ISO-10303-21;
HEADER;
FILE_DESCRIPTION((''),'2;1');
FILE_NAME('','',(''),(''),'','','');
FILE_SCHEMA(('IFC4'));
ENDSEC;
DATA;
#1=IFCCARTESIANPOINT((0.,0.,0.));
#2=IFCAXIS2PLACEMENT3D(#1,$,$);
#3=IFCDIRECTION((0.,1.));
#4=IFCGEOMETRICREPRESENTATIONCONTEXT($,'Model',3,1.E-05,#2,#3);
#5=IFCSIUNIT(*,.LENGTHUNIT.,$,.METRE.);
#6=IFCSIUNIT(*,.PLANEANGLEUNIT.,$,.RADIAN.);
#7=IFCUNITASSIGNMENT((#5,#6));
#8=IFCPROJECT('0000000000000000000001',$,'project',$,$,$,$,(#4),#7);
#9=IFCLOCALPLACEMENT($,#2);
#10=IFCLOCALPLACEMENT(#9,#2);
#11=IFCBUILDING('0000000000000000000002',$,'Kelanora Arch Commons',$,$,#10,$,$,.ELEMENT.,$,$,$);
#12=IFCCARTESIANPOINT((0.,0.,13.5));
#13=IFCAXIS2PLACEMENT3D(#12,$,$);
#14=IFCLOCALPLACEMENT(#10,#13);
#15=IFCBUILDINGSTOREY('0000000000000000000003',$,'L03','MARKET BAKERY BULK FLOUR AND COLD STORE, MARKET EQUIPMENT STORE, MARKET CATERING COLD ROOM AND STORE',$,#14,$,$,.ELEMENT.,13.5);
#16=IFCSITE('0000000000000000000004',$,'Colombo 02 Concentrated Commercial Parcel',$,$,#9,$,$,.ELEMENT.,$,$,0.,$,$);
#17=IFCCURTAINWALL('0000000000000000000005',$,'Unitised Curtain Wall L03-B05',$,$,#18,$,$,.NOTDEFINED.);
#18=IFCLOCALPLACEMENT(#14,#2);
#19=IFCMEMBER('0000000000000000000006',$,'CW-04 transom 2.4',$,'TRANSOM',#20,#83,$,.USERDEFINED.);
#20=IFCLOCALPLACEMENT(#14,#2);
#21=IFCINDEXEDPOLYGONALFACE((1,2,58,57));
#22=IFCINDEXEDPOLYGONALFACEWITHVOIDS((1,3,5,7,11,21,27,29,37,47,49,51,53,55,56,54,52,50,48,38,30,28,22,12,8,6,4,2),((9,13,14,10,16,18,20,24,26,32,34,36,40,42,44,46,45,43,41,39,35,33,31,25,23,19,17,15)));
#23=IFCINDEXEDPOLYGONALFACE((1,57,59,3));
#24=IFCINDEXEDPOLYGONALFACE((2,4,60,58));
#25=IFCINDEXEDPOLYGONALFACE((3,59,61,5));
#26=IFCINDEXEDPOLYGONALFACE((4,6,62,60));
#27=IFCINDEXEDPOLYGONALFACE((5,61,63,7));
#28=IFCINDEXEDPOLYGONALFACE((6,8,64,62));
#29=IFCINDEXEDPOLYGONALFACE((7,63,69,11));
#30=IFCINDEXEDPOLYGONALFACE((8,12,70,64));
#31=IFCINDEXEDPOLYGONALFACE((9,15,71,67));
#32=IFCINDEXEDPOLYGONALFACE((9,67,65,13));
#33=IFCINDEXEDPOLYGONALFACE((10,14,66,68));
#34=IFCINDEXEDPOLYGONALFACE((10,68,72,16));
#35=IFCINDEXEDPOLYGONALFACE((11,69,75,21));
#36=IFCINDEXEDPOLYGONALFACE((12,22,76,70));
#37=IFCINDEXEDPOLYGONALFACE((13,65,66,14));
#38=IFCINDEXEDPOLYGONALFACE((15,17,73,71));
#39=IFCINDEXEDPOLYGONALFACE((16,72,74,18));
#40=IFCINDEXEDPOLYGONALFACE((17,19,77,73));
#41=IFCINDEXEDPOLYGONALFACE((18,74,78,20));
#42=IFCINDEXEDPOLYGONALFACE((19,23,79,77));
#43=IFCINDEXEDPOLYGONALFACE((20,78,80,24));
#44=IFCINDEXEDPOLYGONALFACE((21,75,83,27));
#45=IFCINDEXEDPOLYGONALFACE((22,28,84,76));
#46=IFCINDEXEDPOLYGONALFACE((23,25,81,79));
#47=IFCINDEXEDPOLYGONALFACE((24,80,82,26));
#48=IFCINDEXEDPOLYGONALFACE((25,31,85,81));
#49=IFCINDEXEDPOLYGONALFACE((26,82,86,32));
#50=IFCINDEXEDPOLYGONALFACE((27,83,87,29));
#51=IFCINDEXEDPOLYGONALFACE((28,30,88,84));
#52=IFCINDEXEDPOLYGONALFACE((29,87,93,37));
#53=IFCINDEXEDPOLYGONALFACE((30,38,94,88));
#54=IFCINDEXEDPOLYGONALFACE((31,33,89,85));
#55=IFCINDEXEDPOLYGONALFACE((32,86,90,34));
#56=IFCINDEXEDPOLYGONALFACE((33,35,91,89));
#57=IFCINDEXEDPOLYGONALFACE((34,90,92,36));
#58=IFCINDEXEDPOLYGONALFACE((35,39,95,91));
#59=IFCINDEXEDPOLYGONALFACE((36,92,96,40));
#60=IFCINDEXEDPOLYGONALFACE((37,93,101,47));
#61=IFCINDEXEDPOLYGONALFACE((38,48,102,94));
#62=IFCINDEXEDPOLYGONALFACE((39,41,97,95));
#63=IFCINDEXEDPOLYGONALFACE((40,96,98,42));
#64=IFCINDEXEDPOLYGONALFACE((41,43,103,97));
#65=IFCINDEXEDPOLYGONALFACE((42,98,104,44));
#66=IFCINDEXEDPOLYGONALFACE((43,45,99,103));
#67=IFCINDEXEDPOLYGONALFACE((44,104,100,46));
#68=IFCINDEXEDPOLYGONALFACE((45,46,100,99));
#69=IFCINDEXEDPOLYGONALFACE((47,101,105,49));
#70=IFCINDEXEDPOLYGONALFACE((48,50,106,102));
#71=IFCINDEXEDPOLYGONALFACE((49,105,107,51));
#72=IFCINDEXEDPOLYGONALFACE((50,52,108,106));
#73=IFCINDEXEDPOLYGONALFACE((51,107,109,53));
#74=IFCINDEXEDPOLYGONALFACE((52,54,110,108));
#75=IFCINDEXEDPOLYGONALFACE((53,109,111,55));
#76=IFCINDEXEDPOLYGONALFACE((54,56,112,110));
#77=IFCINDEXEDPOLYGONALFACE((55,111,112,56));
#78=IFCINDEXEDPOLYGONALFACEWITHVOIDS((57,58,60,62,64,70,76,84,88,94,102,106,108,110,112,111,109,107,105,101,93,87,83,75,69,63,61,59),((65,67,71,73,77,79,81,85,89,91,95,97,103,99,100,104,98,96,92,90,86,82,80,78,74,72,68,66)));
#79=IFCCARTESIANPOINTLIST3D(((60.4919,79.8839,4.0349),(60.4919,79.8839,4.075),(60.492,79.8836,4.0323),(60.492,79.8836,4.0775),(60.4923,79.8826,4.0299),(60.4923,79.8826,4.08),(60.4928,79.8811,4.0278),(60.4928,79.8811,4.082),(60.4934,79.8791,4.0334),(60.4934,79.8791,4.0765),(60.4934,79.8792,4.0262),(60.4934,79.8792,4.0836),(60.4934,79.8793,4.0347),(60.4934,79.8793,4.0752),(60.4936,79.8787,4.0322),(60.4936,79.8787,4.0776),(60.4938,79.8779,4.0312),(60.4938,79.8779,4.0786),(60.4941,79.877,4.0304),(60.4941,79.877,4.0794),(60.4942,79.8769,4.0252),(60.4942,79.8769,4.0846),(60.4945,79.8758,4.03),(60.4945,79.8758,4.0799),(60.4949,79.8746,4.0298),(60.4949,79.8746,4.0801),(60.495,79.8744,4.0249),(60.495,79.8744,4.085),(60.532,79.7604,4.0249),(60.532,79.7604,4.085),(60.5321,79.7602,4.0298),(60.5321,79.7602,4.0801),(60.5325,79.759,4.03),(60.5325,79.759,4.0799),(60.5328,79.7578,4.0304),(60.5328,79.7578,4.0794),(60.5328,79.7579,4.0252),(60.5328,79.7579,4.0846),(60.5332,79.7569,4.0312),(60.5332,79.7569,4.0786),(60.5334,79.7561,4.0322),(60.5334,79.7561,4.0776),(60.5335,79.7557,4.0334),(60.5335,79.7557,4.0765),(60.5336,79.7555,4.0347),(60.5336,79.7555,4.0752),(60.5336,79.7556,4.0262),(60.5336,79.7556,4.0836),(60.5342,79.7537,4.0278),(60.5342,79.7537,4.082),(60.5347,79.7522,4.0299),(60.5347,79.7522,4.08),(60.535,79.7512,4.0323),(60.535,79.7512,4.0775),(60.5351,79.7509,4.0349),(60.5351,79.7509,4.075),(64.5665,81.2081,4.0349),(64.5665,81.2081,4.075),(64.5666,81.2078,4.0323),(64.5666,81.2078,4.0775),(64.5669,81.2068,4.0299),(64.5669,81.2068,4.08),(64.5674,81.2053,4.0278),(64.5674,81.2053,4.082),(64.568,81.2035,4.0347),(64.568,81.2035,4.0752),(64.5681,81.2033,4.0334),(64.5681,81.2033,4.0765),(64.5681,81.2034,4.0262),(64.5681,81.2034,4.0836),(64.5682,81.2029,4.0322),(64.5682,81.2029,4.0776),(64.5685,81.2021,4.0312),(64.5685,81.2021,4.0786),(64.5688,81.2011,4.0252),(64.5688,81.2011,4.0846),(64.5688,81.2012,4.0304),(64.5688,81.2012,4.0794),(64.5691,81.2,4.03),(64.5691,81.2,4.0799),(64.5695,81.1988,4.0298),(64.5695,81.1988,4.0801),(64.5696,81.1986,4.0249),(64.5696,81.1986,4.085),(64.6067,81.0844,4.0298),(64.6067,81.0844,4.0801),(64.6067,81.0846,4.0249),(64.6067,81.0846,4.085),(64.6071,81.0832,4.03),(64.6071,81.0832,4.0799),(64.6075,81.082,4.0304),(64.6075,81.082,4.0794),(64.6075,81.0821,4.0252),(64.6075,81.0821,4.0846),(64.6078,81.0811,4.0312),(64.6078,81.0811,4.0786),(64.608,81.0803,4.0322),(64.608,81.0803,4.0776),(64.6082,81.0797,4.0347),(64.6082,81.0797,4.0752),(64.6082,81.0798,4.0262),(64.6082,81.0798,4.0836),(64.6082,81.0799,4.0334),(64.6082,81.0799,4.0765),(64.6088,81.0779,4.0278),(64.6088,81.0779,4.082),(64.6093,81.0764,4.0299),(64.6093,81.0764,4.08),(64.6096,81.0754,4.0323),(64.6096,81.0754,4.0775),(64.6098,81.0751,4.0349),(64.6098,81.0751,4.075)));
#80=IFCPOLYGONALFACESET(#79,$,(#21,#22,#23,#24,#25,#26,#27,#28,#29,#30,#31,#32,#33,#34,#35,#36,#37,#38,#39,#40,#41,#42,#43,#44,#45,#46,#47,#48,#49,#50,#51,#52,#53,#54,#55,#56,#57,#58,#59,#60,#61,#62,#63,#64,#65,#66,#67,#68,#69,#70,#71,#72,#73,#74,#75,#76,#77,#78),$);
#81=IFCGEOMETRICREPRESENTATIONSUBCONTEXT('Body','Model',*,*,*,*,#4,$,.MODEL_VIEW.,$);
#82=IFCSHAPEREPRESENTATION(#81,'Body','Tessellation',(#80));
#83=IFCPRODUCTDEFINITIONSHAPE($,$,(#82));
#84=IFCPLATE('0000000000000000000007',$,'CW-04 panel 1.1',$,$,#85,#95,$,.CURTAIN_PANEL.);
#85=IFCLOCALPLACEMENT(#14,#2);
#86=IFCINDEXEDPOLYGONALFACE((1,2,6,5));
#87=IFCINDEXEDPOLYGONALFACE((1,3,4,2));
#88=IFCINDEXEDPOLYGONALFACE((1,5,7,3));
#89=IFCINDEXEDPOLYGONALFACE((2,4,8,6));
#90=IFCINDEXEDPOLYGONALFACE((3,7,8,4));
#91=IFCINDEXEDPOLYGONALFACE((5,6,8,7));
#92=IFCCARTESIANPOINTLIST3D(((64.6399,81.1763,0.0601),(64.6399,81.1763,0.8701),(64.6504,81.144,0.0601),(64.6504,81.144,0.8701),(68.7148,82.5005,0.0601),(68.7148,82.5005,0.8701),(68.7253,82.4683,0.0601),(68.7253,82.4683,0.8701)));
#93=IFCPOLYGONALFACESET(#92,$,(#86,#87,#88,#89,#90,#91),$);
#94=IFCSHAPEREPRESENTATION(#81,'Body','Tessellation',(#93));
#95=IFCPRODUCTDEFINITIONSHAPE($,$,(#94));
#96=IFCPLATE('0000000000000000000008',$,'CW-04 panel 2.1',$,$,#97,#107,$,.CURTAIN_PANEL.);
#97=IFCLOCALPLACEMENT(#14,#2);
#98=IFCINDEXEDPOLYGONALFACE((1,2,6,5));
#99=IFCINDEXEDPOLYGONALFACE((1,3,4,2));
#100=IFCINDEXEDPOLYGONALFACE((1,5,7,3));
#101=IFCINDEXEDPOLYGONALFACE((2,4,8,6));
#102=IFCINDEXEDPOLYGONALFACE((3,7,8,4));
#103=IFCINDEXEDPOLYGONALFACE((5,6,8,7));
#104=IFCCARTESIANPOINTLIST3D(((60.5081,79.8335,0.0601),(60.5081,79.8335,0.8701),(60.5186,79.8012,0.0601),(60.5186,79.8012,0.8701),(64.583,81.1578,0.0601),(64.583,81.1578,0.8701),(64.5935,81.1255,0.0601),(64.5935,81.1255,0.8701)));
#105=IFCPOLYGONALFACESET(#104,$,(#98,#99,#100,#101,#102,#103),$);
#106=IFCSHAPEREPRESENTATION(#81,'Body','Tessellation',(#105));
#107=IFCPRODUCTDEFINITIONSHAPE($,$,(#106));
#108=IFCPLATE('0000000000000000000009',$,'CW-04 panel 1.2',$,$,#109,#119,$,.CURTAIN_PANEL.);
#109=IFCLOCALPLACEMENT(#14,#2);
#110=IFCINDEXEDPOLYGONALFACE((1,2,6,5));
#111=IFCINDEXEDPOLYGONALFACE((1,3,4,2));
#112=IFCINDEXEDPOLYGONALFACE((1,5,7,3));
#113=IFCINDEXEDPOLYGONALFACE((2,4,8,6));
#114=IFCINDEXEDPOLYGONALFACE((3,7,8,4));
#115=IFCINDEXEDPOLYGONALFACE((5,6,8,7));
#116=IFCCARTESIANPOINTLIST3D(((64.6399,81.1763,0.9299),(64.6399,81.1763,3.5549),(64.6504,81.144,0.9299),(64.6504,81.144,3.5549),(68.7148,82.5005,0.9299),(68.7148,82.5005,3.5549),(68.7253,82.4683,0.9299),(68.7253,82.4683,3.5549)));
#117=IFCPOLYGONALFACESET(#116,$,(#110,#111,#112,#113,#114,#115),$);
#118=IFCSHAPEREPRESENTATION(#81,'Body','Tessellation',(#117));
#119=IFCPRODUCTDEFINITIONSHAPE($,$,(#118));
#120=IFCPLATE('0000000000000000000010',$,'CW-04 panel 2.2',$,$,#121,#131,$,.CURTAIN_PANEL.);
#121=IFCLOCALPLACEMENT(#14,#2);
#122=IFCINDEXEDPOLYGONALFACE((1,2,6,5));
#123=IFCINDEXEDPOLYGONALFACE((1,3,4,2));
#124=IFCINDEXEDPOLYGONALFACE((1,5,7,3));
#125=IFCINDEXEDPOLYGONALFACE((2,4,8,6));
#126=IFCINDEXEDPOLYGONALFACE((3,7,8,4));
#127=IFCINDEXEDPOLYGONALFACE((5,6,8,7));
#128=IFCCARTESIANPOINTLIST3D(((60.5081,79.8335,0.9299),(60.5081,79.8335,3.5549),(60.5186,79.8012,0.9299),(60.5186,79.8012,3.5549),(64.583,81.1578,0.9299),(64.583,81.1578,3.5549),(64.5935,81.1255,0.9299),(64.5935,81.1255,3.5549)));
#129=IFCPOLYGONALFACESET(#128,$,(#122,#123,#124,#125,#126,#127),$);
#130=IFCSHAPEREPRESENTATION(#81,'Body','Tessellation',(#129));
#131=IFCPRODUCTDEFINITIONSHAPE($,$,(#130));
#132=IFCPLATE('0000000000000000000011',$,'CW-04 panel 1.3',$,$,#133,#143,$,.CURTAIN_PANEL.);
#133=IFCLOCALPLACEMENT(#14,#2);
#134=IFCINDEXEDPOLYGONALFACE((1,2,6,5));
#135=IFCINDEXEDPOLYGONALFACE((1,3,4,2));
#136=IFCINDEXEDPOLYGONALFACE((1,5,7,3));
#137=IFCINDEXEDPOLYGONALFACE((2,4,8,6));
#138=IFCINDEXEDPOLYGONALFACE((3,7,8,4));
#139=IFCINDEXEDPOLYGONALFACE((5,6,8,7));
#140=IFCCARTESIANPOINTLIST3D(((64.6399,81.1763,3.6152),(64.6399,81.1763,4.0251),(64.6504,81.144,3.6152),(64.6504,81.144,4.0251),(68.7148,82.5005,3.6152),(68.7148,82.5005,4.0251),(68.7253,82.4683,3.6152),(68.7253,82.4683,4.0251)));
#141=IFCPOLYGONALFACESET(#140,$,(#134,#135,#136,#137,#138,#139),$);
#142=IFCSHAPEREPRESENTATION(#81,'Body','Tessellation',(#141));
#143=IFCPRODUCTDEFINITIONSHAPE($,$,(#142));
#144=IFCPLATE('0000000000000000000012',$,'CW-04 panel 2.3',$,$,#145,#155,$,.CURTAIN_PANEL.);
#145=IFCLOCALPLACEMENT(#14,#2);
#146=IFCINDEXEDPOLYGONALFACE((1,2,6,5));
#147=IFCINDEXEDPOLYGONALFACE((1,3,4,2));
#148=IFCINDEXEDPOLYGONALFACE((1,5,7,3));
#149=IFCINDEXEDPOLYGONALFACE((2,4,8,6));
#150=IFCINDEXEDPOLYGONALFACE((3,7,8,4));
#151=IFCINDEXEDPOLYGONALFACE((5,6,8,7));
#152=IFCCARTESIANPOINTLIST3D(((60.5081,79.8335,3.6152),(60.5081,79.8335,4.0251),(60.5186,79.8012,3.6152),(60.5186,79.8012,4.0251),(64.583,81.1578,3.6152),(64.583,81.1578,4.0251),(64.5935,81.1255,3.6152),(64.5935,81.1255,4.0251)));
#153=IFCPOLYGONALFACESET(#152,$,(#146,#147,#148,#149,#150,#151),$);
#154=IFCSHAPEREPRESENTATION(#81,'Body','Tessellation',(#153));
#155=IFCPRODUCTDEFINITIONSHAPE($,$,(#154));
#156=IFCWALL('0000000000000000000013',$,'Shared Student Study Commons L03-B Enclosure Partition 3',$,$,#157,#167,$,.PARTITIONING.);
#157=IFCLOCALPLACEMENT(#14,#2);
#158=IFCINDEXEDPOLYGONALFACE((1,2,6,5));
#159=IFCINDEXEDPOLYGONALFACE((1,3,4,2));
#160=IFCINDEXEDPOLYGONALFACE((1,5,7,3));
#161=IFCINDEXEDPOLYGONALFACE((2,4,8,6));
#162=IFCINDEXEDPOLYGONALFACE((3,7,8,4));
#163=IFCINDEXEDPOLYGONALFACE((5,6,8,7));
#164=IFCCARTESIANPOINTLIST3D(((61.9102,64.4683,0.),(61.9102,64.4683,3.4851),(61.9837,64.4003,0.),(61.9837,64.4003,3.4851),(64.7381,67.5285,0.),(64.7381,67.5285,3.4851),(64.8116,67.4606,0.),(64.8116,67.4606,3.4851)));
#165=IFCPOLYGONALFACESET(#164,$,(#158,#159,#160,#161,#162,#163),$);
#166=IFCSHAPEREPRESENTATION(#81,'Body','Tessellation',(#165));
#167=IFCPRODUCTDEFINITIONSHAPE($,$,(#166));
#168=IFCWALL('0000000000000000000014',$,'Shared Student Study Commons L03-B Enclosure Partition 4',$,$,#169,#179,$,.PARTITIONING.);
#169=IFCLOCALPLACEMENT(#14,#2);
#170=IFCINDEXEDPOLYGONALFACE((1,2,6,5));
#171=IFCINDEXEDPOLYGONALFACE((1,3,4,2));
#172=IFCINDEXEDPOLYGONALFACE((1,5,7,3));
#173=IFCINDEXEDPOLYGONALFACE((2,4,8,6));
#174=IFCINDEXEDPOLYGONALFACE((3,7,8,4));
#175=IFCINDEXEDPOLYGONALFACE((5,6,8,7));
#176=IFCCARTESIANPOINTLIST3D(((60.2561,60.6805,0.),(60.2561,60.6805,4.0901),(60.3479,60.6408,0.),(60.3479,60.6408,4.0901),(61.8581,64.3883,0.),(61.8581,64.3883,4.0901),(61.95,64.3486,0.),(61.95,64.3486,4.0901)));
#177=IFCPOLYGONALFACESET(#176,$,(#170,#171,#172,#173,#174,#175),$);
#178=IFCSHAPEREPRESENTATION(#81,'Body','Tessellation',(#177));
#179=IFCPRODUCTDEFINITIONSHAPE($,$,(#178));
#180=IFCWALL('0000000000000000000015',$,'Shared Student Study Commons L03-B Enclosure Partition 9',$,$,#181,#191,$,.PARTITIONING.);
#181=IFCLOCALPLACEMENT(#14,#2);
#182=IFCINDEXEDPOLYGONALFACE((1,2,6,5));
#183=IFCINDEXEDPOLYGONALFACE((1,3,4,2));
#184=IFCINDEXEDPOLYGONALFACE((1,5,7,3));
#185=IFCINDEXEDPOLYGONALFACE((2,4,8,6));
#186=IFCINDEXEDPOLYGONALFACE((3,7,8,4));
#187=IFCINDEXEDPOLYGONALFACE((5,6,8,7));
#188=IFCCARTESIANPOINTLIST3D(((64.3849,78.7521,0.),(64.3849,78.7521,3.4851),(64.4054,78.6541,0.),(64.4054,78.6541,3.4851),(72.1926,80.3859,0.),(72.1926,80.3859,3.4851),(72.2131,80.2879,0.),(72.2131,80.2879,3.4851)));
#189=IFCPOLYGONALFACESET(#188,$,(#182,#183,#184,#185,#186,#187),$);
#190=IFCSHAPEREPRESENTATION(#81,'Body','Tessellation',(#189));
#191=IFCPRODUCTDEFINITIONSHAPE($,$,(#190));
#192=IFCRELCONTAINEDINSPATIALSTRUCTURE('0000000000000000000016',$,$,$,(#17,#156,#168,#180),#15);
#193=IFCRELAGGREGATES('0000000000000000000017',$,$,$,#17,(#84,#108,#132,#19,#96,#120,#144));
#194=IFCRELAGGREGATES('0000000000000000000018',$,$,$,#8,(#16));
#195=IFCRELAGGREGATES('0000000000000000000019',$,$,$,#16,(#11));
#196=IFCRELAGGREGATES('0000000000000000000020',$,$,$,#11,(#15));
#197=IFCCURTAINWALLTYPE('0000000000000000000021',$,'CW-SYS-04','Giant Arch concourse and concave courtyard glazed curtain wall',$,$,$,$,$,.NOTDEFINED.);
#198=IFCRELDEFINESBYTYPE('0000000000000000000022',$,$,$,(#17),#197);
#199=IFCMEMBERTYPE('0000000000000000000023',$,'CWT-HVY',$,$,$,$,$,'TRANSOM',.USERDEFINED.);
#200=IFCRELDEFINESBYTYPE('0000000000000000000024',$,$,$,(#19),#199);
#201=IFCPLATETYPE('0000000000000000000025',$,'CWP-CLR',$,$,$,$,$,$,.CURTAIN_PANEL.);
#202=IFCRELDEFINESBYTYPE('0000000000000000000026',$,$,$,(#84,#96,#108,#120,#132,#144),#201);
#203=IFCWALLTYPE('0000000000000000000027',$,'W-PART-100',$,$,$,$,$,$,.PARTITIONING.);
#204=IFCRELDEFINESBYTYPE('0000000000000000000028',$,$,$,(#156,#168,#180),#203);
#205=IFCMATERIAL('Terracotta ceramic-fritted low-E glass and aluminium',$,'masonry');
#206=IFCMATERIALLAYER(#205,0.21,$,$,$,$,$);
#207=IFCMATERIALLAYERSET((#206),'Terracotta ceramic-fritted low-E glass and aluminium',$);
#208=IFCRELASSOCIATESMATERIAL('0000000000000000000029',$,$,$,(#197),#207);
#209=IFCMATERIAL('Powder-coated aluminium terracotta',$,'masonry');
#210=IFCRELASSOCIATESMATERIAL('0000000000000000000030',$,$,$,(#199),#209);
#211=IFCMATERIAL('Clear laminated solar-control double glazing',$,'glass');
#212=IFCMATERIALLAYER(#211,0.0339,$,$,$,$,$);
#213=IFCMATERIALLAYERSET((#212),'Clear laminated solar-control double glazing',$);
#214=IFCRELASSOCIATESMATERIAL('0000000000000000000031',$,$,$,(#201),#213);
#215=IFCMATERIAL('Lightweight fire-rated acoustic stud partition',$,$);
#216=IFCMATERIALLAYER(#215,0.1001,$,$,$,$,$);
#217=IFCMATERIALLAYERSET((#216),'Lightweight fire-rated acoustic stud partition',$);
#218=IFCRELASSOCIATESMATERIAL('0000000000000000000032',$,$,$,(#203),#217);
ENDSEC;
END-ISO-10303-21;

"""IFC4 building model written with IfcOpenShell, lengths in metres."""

from ifc_helpers import new_model, si_unit, direction, frame, frame_2d, origin, origin_2d, place, context, subcontext, project, spatial, rectangle, hollow_rectangle, extrude, source, transform, mapped, material, layer, layer_set, material_profile, profile_set, type_object, element, aggregate, save


model = new_model("IFC4")

# Units and contexts
model_context = context("Model", 3, precision=1e-05, world=origin(), true_north=direction((0.0, 1.0)))
body_context = subcontext(model_context, "Body", "Model", "MODEL_VIEW")
ifc_project = project(units=[si_unit("LENGTHUNIT", "METRE"), si_unit("PLANEANGLEUNIT", "RADIAN")], contexts=[model_context])

# Site, building, storey
site_placement = place(None, origin())
site = spatial("IfcSite", under=ifc_project, at=site_placement, Name="Colombo 02 Concentrated Commercial Parcel", CompositionType="ELEMENT", RefElevation=0.0)
building_placement = place(site_placement, origin())
building = spatial("IfcBuilding", under=site, at=building_placement, Name="Kelanora Arch Commons", CompositionType="ELEMENT")
storey_placement = place(building_placement, frame((0.0, 0.0, 13.5)))
storey = spatial("IfcBuildingStorey", under=building, at=storey_placement, Name="L03", Description="MARKET BAKERY BULK FLOUR AND COLD STORE, MARKET EQUIPMENT STORE, MARKET CATERING COLD ROOM AND STORE", CompositionType="ELEMENT", Elevation=13.5)

# Curtain wall, member, plates
ifc_material_1 = material(Name="Terracotta ceramic-fritted low-E glass and aluminium", Category="masonry")
ifc_layer_1 = layer(ifc_material_1, 0.21)
ifc_layer_set_1 = layer_set([ifc_layer_1], Name="Terracotta ceramic-fritted low-E glass and aluminium")
curtain_wall_type = type_object("IfcCurtainWallType", Name="CW-SYS-04", Description="Giant Arch concourse and concave courtyard glazed curtain wall", PredefinedType="NOTDEFINED", material=ifc_layer_set_1)
curtain_wall_placement = place(storey_placement, origin())
curtain_wall = element("IfcCurtainWall", 1, at=curtain_wall_placement, inside=storey, type_object=curtain_wall_type, Name="Unitised Curtain Wall L03-B05", PredefinedType="NOTDEFINED")
ifc_material_2 = material(Name="Powder-coated aluminium terracotta", Category="masonry")
ifc_material_profile_1 = material_profile(ifc_material_2, hollow_rectangle(XDim=0.1399, YDim=0.0601, WallThickness=0.0049, InnerFilletRadius=0.0049, OuterFilletRadius=0.01, at=origin_2d()), Name="CWT140x60")
ifc_profile_set_1 = profile_set([ifc_material_profile_1], Name="Powder-coated aluminium terracotta")
member_type_1 = type_object("IfcMemberType", Name="CWT-HVY", ElementType="TRANSOM", PredefinedType="USERDEFINED", material=ifc_profile_set_1)
member_1_placement = place(storey_placement, frame((64.5881, 81.1416, 4.0549), z_axis=(-0.951038, -0.309073, 0.0), x_axis=(0.309073, -0.951038, 0.0)))
member_1 = element("IfcMember", 2, at=member_1_placement, type_object=member_type_1, Name="CW-04 transom 2.4", ObjectType="TRANSOM", PredefinedType="USERDEFINED", context=body_context, shape_type="SweptSolid", body=[
    extrude(hollow_rectangle(XDim=0.1399, YDim=0.0601, WallThickness=0.0049, InnerFilletRadius=0.0049, OuterFilletRadius=0.01, at=origin_2d()), origin(), (0.0, 0.0, 1.0), 4.2844),
])
ifc_material_3 = material(Name="Clear laminated solar-control double glazing", Category="glass")
ifc_layer_2 = layer(ifc_material_3, 0.0339)
ifc_layer_set_2 = layer_set([ifc_layer_2], Name="Clear laminated solar-control double glazing")
plate_type = type_object("IfcPlateType", Name="CWP-CLR", PredefinedType="CURTAIN_PANEL", material=ifc_layer_set_2)
shared_shape_1 = source(origin(), body_context, "Body", "SweptSolid", [
    extrude(rectangle(XDim=4.2847, YDim=0.0339, at=origin_2d()), origin(), (0.0, 0.0, 1.0), 0.8101),
])
plate_1_placement = place(storey_placement, frame((66.6826, 81.8223, 0.0601), z_axis=(0.0, 0.0, 1.0), x_axis=(-0.951039, -0.30907, 0.0)))
plate_1 = element("IfcPlate", 3, at=plate_1_placement, type_object=plate_type, Name="CW-04 panel 1.1", PredefinedType="CURTAIN_PANEL", context=body_context, shape_type="MappedRepresentation", body=[
    mapped(shared_shape_1, transform((0.0, 0.0, 0.0), scale=1.0)),
])
plate_2_placement = place(storey_placement, frame((62.5508, 80.4795, 0.0601), z_axis=(0.0, 0.0, 1.0), x_axis=(-0.951039, -0.30907, 0.0)))
plate_2 = element("IfcPlate", 4, at=plate_2_placement, type_object=plate_type, Name="CW-04 panel 2.1", PredefinedType="CURTAIN_PANEL", context=body_context, shape_type="MappedRepresentation", body=[
    mapped(shared_shape_1, transform((0.0, 0.0, 0.0), scale=1.0)),
])
shared_shape_2 = source(origin(), body_context, "Body", "SweptSolid", [
    extrude(rectangle(XDim=4.2847, YDim=0.0339, at=origin_2d()), origin(), (0.0, 0.0, 1.0), 2.625),
])
plate_3_placement = place(storey_placement, frame((66.6826, 81.8223, 0.9299), z_axis=(0.0, 0.0, 1.0), x_axis=(-0.951039, -0.30907, 0.0)))
plate_3 = element("IfcPlate", 5, at=plate_3_placement, type_object=plate_type, Name="CW-04 panel 1.2", PredefinedType="CURTAIN_PANEL", context=body_context, shape_type="MappedRepresentation", body=[
    mapped(shared_shape_2, transform((0.0, 0.0, 0.0), scale=1.0)),
])
plate_4_placement = place(storey_placement, frame((62.5508, 80.4795, 0.9299), z_axis=(0.0, 0.0, 1.0), x_axis=(-0.951039, -0.30907, 0.0)))
plate_4 = element("IfcPlate", 6, at=plate_4_placement, type_object=plate_type, Name="CW-04 panel 2.2", PredefinedType="CURTAIN_PANEL", context=body_context, shape_type="MappedRepresentation", body=[
    mapped(shared_shape_2, transform((0.0, 0.0, 0.0), scale=1.0)),
])
shared_shape_3 = source(origin(), body_context, "Body", "SweptSolid", [
    extrude(rectangle(XDim=4.2847, YDim=0.0339, at=origin_2d()), origin(), (0.0, 0.0, 1.0), 0.4099),
])
plate_5_placement = place(storey_placement, frame((66.6826, 81.8223, 3.6152), z_axis=(0.0, 0.0, 1.0), x_axis=(-0.951039, -0.30907, 0.0)))
plate_5 = element("IfcPlate", 7, at=plate_5_placement, type_object=plate_type, Name="CW-04 panel 1.3", PredefinedType="CURTAIN_PANEL", context=body_context, shape_type="MappedRepresentation", body=[
    mapped(shared_shape_3, transform((0.0, 0.0, 0.0), scale=1.0)),
])
plate_6_placement = place(storey_placement, frame((62.5508, 80.4795, 3.6152), z_axis=(0.0, 0.0, 1.0), x_axis=(-0.951039, -0.30907, 0.0)))
plate_6 = element("IfcPlate", 8, at=plate_6_placement, type_object=plate_type, Name="CW-04 panel 2.3", PredefinedType="CURTAIN_PANEL", context=body_context, shape_type="MappedRepresentation", body=[
    mapped(shared_shape_3, transform((0.0, 0.0, 0.0), scale=1.0)),
])
aggregate(curtain_wall, [plate_1, plate_3, plate_5, member_1, plate_2, plate_4, plate_6])

# Walls
ifc_material_4 = material(Name="Lightweight fire-rated acoustic stud partition")
ifc_layer_3 = layer(ifc_material_4, 0.1001)
ifc_layer_set_3 = layer_set([ifc_layer_3], Name="Lightweight fire-rated acoustic stud partition")
wall_type_1 = type_object("IfcWallType", Name="W-PART-100", PredefinedType="PARTITIONING", material=ifc_layer_set_3)
wall_1_placement = place(storey_placement, frame((64.7749, 67.4946, 0.0), z_axis=(0.0, 0.0, 1.0), x_axis=(-0.678667, -0.734446, 0.0)))
element("IfcWall", 9, at=wall_1_placement, inside=storey, type_object=wall_type_1, Name="Shared Student Study Commons L03-B Enclosure Partition 3", PredefinedType="PARTITIONING", context=body_context, shape_type="SweptSolid", body=[
    extrude(rectangle(XDim=4.1667, YDim=0.1001, at=frame_2d((2.0835, 0.0))), origin(), (0.0, 0.0, 1.0), 3.4851),
])
wall_2_placement = place(storey_placement, frame((61.9041, 64.3684, 0.0), z_axis=(0.0, 0.0, 1.0), x_axis=(-0.396639, -0.917975, 0.0)))
element("IfcWall", 10, at=wall_2_placement, inside=storey, type_object=wall_type_1, Name="Shared Student Study Commons L03-B Enclosure Partition 4", PredefinedType="PARTITIONING", context=body_context, shape_type="SweptSolid", body=[
    extrude(rectangle(XDim=4.0391, YDim=0.1001, at=frame_2d((2.0195, 0.0))), origin(), (0.0, 0.0, 1.0), 4.0901),
])
wall_3_placement = place(storey_placement, frame((64.3953, 78.7031, 0.0), z_axis=(0.0, 0.0, 1.0), x_axis=(0.9788, 0.20482, 0.0)))
element("IfcWall", 11, at=wall_3_placement, inside=storey, type_object=wall_type_1, Name="Shared Student Study Commons L03-B Enclosure Partition 9", PredefinedType="PARTITIONING", context=body_context, shape_type="SweptSolid", body=[
    extrude(rectangle(XDim=7.9768, YDim=0.1001, at=frame_2d((3.9883, 0.0))), origin(), (0.0, 0.0, 1.0), 3.4851),
])

save(model, "model.ifc")
